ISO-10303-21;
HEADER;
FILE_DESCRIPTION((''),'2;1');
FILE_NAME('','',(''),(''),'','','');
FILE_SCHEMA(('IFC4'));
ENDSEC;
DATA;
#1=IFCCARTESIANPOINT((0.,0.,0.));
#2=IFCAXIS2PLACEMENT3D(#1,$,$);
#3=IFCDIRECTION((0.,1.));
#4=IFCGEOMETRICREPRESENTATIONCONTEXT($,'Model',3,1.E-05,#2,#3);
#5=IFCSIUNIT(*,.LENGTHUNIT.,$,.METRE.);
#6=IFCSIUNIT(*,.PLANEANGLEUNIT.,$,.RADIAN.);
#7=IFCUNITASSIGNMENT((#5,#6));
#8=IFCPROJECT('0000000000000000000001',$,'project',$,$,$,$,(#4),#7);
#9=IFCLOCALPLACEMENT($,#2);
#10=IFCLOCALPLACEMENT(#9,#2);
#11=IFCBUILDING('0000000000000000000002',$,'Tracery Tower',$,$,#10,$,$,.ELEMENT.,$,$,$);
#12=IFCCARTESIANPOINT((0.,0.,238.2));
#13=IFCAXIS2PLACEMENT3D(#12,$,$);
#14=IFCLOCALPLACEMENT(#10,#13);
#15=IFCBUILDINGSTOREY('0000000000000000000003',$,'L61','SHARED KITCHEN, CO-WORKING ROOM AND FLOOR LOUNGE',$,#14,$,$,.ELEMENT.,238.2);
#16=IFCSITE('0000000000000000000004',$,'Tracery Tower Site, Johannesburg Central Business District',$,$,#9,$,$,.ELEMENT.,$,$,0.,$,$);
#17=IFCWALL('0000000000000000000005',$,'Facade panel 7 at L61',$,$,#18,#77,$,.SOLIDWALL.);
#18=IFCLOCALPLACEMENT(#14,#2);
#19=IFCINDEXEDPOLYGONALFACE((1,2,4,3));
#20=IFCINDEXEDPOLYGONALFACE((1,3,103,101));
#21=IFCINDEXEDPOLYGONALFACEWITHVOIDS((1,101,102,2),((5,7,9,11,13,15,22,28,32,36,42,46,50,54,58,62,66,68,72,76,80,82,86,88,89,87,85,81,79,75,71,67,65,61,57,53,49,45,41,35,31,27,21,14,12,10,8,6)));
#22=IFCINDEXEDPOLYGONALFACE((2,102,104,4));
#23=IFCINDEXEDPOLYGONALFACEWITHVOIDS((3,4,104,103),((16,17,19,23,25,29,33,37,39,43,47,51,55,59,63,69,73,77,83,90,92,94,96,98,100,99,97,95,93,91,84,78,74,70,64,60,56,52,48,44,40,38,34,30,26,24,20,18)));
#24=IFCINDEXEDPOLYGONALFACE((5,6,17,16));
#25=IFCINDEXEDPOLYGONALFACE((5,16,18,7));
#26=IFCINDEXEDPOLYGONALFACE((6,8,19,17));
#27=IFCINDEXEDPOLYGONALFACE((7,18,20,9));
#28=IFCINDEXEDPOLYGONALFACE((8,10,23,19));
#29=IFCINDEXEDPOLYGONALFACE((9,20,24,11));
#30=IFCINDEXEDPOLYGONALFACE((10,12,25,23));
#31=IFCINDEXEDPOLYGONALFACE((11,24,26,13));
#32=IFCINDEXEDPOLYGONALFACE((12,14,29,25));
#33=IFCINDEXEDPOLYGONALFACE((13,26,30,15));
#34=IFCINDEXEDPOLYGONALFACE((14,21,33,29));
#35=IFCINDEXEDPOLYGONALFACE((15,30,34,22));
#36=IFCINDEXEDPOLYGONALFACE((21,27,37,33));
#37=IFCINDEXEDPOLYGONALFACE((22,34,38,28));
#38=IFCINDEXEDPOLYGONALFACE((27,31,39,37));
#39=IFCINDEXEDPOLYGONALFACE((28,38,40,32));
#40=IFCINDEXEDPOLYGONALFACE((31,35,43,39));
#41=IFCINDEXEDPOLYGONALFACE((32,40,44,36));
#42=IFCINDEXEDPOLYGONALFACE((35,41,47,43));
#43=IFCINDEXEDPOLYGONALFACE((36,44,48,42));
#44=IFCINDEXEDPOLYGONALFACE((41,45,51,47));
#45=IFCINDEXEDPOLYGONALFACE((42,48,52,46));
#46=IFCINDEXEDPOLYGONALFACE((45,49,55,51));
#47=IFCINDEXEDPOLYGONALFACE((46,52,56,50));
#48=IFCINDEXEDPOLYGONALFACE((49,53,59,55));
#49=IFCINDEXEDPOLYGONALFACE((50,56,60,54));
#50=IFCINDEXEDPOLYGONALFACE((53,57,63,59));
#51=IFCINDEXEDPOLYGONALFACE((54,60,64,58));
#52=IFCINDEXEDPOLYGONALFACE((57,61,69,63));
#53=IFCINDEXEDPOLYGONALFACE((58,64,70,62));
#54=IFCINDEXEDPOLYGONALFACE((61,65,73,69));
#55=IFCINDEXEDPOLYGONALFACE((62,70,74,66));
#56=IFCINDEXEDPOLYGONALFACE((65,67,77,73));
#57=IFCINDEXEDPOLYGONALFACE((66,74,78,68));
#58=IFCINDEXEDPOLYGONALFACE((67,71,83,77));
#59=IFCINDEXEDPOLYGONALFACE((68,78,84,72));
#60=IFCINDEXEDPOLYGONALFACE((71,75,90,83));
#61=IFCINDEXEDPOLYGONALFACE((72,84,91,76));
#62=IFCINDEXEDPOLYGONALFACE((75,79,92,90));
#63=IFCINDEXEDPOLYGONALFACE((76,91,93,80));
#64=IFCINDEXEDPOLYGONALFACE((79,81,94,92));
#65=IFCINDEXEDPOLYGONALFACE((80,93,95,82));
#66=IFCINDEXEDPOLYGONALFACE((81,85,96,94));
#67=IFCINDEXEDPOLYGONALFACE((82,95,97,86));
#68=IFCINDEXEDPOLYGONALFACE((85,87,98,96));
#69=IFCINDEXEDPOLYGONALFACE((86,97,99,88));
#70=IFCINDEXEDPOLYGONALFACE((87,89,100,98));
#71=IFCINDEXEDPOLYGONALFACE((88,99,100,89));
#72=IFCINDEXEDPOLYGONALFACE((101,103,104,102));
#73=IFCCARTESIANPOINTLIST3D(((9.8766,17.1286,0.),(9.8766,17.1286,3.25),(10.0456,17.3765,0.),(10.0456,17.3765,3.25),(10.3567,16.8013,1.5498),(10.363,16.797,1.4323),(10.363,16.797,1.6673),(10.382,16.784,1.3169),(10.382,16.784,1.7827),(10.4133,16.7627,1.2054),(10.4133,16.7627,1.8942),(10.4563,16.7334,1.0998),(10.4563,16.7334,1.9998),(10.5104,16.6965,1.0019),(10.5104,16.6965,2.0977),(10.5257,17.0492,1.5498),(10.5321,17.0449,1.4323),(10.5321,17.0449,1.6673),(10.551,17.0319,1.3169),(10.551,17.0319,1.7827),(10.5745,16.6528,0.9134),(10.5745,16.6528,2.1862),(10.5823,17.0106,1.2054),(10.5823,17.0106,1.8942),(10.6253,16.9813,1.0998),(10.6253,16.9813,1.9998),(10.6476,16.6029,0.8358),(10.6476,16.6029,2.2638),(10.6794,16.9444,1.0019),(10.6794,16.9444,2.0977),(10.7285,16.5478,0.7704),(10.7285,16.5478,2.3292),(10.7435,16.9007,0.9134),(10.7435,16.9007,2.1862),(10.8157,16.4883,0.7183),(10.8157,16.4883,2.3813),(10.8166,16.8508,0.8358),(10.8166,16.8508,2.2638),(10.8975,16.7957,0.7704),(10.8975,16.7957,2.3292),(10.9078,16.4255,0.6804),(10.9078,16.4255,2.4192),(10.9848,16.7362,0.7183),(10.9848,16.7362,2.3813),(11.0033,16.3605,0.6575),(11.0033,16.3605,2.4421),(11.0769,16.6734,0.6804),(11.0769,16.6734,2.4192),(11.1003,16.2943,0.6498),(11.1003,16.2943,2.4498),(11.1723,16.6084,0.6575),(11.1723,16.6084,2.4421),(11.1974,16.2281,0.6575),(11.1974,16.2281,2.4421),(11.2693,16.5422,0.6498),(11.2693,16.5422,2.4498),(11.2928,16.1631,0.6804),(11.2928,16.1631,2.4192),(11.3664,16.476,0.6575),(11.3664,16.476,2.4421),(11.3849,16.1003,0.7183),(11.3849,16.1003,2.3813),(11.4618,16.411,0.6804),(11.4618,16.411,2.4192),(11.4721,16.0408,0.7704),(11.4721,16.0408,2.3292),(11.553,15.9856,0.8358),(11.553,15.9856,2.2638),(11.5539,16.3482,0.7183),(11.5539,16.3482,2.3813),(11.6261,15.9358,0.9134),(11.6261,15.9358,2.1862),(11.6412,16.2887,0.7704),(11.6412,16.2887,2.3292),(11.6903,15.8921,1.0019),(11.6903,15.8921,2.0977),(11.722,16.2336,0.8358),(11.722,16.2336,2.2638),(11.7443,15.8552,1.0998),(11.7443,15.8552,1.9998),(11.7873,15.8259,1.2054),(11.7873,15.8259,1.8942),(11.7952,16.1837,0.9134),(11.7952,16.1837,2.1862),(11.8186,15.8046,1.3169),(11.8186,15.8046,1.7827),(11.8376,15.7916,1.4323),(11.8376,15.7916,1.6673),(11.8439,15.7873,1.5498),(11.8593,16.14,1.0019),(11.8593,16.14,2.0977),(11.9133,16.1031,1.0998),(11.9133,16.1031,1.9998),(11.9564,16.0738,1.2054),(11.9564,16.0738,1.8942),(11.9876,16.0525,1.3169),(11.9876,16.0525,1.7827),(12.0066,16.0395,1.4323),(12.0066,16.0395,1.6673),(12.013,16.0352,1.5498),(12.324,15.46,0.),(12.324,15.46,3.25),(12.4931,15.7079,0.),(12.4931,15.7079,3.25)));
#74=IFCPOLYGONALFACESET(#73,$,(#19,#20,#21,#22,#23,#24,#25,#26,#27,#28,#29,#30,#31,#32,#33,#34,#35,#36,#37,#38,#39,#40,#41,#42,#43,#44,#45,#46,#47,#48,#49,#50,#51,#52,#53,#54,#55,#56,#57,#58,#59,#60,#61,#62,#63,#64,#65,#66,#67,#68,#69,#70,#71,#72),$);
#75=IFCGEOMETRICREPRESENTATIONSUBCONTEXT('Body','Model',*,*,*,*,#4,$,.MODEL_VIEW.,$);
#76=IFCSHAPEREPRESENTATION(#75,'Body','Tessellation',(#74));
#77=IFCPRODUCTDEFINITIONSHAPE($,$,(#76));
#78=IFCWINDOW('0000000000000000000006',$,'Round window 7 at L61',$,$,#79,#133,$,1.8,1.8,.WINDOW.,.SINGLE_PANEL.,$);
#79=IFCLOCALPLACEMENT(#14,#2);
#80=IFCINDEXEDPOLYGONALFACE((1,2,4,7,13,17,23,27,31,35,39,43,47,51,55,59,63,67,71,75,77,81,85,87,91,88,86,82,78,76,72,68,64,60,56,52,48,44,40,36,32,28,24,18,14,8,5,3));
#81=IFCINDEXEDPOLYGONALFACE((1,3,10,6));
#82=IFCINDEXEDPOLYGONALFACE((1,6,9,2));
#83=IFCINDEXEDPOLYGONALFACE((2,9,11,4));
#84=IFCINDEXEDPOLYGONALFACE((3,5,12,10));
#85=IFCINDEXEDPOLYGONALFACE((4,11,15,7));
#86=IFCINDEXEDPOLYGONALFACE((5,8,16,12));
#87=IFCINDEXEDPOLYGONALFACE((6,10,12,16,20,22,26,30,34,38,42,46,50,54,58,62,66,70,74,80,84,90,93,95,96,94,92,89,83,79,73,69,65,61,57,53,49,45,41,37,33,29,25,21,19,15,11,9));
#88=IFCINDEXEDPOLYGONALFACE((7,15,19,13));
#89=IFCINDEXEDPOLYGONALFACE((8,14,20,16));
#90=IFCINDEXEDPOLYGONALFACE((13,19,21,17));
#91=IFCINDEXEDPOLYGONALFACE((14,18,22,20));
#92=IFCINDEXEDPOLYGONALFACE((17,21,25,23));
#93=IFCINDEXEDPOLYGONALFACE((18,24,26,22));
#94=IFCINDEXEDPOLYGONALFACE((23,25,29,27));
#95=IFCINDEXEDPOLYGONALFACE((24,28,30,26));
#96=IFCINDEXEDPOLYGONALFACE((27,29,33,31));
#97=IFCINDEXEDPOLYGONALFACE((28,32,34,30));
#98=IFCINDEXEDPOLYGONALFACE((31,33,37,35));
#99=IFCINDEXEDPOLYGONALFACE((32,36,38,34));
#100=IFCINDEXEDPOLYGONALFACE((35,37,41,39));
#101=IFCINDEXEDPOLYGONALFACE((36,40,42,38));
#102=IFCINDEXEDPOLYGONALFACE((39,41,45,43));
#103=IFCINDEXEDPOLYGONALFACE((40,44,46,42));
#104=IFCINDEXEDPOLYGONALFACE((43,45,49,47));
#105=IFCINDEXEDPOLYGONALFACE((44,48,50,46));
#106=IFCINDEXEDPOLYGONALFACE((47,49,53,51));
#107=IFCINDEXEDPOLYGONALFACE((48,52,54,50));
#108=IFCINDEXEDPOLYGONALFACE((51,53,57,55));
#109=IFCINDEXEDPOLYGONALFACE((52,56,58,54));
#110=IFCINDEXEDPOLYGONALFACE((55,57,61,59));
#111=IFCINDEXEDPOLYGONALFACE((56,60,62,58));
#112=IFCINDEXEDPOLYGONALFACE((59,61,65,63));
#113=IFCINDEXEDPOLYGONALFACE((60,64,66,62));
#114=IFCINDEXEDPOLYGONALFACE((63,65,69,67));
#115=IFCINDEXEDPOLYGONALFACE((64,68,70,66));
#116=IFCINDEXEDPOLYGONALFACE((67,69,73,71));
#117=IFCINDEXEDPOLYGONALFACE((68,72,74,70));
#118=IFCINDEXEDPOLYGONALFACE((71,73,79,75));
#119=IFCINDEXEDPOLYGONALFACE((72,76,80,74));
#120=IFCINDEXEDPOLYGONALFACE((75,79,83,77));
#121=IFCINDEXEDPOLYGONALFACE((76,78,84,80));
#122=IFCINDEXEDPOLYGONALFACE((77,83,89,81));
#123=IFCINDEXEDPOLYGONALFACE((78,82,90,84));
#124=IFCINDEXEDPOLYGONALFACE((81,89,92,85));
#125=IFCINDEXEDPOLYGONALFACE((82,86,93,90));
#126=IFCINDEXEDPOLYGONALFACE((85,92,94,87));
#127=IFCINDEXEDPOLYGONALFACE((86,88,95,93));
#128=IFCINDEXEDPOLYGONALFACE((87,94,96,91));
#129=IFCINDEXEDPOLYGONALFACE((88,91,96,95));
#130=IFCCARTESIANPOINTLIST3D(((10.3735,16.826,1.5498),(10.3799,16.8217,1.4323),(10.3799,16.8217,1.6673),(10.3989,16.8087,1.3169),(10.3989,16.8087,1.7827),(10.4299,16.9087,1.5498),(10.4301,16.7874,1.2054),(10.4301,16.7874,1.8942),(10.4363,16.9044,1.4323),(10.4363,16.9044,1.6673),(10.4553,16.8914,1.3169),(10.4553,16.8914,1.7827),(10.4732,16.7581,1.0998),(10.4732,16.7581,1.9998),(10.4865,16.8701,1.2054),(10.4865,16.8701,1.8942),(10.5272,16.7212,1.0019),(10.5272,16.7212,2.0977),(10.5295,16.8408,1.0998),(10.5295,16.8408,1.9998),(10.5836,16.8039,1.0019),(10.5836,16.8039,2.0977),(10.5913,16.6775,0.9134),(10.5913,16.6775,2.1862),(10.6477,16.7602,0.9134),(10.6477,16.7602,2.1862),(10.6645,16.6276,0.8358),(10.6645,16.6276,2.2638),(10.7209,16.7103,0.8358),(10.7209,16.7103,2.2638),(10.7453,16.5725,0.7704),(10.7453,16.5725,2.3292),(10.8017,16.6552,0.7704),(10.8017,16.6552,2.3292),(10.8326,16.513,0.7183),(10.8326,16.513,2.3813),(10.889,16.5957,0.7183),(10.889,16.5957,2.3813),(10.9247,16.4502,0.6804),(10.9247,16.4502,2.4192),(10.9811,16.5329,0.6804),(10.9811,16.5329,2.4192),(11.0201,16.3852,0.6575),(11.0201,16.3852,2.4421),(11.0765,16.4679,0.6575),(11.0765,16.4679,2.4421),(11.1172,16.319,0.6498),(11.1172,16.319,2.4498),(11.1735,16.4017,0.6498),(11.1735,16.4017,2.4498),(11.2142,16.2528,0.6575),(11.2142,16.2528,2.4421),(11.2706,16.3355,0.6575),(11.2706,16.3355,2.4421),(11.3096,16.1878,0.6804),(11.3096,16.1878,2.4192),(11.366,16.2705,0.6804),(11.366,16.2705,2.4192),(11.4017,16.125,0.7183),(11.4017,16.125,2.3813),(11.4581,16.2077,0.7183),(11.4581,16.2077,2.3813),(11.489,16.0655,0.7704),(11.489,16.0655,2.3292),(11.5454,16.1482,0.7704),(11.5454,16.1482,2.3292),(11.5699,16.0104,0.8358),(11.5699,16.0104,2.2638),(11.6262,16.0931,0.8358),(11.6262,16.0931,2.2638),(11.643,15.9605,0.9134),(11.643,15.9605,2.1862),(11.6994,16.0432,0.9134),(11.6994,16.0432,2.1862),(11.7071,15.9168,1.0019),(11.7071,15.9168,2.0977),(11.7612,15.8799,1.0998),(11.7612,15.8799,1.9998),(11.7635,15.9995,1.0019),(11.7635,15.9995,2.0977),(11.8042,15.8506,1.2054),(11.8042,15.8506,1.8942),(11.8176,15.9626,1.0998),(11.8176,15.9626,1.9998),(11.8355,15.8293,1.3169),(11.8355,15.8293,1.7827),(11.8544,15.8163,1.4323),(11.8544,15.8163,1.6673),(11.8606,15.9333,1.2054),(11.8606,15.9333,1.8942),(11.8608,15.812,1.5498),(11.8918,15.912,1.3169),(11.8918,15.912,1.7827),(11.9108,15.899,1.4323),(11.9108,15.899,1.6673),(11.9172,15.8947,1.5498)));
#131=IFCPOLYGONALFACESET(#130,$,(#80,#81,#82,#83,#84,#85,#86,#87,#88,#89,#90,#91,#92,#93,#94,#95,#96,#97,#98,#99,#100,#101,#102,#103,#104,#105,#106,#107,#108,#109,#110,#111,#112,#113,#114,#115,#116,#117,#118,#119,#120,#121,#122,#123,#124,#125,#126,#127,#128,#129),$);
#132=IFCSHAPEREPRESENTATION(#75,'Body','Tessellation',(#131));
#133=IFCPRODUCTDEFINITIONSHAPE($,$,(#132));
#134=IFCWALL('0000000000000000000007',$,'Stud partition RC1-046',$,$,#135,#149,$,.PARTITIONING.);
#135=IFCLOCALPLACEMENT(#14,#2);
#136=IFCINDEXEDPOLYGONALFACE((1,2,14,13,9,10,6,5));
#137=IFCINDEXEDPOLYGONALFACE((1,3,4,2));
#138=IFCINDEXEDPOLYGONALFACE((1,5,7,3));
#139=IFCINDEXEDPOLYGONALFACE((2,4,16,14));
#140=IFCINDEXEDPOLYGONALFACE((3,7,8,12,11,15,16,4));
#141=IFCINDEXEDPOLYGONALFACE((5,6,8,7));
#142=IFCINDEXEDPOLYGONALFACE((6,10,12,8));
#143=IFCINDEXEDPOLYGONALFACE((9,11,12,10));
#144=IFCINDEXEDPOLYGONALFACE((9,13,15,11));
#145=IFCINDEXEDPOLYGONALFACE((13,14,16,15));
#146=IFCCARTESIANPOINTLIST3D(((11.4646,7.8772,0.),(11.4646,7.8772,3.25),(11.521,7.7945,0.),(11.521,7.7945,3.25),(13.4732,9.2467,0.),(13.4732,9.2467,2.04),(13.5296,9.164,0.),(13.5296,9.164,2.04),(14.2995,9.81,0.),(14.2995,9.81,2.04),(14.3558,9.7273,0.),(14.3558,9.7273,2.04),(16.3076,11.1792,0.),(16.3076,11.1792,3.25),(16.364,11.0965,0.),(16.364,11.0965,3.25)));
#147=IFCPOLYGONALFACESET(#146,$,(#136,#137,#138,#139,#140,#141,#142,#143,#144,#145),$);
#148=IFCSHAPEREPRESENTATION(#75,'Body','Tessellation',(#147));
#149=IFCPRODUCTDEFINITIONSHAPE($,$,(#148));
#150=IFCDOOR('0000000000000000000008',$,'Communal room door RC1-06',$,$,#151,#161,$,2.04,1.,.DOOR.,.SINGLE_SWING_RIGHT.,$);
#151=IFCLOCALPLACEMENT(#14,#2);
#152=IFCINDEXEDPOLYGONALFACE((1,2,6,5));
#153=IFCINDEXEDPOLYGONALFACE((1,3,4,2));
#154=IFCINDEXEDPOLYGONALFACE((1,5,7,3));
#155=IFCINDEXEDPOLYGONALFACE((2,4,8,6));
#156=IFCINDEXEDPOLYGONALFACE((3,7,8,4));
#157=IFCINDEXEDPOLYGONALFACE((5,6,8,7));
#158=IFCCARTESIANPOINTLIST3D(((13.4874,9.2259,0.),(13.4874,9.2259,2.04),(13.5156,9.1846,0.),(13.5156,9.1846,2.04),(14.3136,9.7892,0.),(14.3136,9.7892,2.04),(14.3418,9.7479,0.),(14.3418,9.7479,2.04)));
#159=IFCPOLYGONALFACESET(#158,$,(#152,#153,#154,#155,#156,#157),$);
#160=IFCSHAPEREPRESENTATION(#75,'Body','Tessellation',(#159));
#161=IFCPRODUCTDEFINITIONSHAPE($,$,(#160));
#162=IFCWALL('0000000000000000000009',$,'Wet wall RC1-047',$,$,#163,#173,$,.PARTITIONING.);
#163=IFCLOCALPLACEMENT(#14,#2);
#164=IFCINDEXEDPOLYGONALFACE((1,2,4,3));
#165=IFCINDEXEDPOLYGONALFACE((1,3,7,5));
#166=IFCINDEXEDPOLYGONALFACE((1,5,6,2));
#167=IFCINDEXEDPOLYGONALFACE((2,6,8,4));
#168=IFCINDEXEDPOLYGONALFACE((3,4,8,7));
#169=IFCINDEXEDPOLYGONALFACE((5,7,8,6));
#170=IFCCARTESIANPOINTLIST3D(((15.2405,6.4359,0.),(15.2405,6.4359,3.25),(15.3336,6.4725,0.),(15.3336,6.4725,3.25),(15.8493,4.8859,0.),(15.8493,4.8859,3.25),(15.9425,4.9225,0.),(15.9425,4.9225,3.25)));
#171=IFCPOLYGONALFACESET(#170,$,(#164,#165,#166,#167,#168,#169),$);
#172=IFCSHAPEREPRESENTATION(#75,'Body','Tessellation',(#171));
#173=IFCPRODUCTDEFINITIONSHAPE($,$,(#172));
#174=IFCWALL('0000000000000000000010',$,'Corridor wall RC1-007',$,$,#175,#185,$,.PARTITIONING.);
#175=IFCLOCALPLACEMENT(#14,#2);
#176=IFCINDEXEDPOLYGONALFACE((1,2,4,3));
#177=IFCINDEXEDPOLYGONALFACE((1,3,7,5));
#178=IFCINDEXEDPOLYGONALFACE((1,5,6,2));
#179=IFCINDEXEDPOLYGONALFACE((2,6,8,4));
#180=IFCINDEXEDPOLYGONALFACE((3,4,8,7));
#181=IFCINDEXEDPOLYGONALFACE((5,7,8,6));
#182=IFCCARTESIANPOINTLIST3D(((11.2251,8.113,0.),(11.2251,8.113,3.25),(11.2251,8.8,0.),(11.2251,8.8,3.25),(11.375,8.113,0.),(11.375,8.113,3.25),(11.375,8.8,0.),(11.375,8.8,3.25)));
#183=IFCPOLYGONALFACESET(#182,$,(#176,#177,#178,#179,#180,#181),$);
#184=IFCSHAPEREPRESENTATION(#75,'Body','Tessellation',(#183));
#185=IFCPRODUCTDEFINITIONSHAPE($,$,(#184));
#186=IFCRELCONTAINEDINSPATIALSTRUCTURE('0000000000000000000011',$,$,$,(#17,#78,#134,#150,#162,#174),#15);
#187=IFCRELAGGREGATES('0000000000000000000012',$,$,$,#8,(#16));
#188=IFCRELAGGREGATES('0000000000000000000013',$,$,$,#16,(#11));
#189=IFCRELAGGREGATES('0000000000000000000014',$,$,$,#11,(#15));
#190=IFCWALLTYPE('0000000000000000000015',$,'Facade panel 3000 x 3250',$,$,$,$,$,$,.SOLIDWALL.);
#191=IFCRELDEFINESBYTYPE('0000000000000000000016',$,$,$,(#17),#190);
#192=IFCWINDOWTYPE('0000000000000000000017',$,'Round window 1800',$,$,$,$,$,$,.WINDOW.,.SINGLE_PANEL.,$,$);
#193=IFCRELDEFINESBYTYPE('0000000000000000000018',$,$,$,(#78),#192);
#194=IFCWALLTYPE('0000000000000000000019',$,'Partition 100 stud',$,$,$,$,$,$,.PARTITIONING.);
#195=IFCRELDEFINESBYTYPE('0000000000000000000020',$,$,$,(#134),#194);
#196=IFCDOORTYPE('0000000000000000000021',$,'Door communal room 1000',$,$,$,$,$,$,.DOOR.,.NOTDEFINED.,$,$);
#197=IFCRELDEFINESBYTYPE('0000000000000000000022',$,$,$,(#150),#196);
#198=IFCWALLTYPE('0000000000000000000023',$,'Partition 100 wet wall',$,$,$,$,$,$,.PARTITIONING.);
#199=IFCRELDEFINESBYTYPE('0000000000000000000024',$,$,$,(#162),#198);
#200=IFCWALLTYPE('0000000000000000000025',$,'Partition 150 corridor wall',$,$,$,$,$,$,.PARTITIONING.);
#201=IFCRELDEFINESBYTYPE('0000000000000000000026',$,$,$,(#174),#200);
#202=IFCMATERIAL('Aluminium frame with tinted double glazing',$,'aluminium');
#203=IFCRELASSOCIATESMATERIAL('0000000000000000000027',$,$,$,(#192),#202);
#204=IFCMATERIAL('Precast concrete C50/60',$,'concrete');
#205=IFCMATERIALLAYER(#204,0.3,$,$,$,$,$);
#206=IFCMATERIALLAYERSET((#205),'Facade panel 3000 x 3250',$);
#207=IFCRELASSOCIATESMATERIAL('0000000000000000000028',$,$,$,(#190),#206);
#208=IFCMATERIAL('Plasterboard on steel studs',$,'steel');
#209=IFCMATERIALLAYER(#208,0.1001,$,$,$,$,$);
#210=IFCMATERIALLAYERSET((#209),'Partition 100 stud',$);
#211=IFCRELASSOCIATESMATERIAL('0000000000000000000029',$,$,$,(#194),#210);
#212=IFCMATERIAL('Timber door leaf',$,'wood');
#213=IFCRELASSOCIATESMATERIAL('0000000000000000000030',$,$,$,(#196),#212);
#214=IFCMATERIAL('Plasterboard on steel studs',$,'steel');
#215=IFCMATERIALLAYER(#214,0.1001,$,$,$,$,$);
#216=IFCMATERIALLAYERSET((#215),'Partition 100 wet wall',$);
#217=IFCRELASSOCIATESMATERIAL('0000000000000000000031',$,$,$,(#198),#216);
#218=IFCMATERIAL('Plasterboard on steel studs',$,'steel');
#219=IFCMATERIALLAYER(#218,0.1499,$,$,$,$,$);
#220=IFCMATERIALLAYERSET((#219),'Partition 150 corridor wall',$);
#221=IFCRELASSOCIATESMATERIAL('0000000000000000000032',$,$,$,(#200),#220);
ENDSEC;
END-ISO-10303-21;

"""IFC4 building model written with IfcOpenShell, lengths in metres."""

from ifc_helpers import new_model, si_unit, direction, frame, frame_2d, origin, origin_2d, place, context, subcontext, project, spatial, rectangle, circle, extrude, material, layer, layer_set, type_object, element, fill, save


model = new_model("IFC4")

# Units and contexts
model_context = context("Model", 3, precision=1e-05, world=origin(), true_north=direction((0.0, 1.0)))
body_context = subcontext(model_context, "Body", "Model", "MODEL_VIEW")
ifc_project = project(units=[si_unit("LENGTHUNIT", "METRE"), si_unit("PLANEANGLEUNIT", "RADIAN")], contexts=[model_context])

# Site, building, storey
site_placement = place(None, origin())
site = spatial("IfcSite", under=ifc_project, at=site_placement, Name="Tracery Tower Site, Johannesburg Central Business District", CompositionType="ELEMENT", RefElevation=0.0)
building_placement = place(site_placement, origin())
building = spatial("IfcBuilding", under=site, at=building_placement, Name="Tracery Tower", CompositionType="ELEMENT")
storey_placement = place(building_placement, frame((0.0, 0.0, 238.2)))
storey = spatial("IfcBuildingStorey", under=building, at=storey_placement, Name="L61", Description="SHARED KITCHEN, CO-WORKING ROOM AND FLOOR LOUNGE", CompositionType="ELEMENT", Elevation=238.2)

# Wall, opening, window
ifc_material_1 = material(Name="Aluminium frame with tinted double glazing", Category="aluminium")
window_type = type_object("IfcWindowType", Name="Round window 1800", PartitioningType="SINGLE_PANEL", PredefinedType="WINDOW", material=ifc_material_1)
ifc_material_2 = material(Name="Precast concrete C50/60", Category="concrete")
ifc_layer_1 = layer(ifc_material_2, 0.3)
ifc_layer_set_1 = layer_set([ifc_layer_1], Name="Facade panel 3000 x 3250")
wall_type_1 = type_object("IfcWallType", Name="Facade panel 3000 x 3250", PredefinedType="SOLIDWALL", material=ifc_layer_set_1)
wall_1_placement = place(storey_placement, frame((12.4084, 15.584, 0.0), z_axis=(0.0, 0.0, 1.0), x_axis=(-0.826236, 0.563324, 0.0)))
wall_1 = element("IfcWall", 1, at=wall_1_placement, inside=storey, type_object=wall_type_1, Name="Facade panel 7 at L61", PredefinedType="SOLIDWALL", context=body_context, shape_type="SweptSolid", body=[
    extrude(rectangle(XDim=2.9622, YDim=0.3, at=frame_2d((1.481, 0.0))), origin(), (0.0, 0.0, 1.0), 3.25),
])
opening_1_placement = place(wall_1_placement, frame((1.481, 0.0, 1.5498)))
opening_1 = element("IfcOpeningElement", 2, at=opening_1_placement, cuts=wall_1, PredefinedType="OPENING", context=body_context, shape_type="SweptSolid", body=[
    extrude(circle(Radius=0.9, at=origin_2d()), frame((0.0, 0.1599, 0.0), z_axis=(0.0, -1.0, 0.0), x_axis=(1.0, 0.0, 0.0)), (0.0, 0.0, 1.0), 0.3201),
])
window_1_placement = place(opening_1_placement, origin())
window_1 = element("IfcWindow", 3, at=window_1_placement, inside=storey, type_object=window_type, Name="Round window 7 at L61", OverallHeight=1.8, OverallWidth=1.8, PartitioningType="SINGLE_PANEL", PredefinedType="WINDOW", context=body_context, shape_type="SweptSolid", body=[
    extrude(circle(Radius=0.9, at=origin_2d()), frame((0.0, 0.1201, 0.0), z_axis=(0.0, -1.0, 0.0), x_axis=(1.0, 0.0, 0.0)), (0.0, 0.0, 1.0), 0.1001),
])
fill(opening_1, window_1)

# Wall, opening, door
ifc_material_3 = material(Name="Plasterboard on steel studs", Category="steel")
ifc_layer_2 = layer(ifc_material_3, 0.1001)
ifc_layer_set_2 = layer_set([ifc_layer_2], Name="Partition 100 stud")
wall_type_2 = type_object("IfcWallType", Name="Partition 100 stud", PredefinedType="PARTITIONING", material=ifc_layer_set_2)
wall_2_placement = place(storey_placement, frame((11.4929, 7.8359, 0.0), z_axis=(0.0, 0.0, 1.0), x_axis=(0.826232, 0.56333, 0.0)))
wall_2 = element("IfcWall", 4, at=wall_2_placement, inside=storey, type_object=wall_type_2, Name="Stud partition RC1-046", PredefinedType="PARTITIONING", context=body_context, shape_type="SweptSolid", body=[
    extrude(rectangle(XDim=5.8616, YDim=0.1001, at=frame_2d((2.9307, 0.0))), origin(), (0.0, 0.0, 1.0), 3.25),
])
opening_2_placement = place(wall_2_placement, frame((2.4309, 0.0, 0.0)))
opening_2 = element("IfcOpeningElement", 5, at=opening_2_placement, cuts=wall_2, PredefinedType="OPENING", context=body_context, shape_type="SweptSolid", body=[
    extrude(rectangle(XDim=1.0, YDim=2.04, at=frame_2d((0.5, 1.02))), frame((0.0, 0.05, 0.0), z_axis=(0.0, -1.0, 0.0), x_axis=(1.0, 0.0, 0.0)), (0.0, 0.0, 1.0), 0.1001),
])
ifc_material_4 = material(Name="Timber door leaf", Category="wood")
door_type_1 = type_object("IfcDoorType", Name="Door communal room 1000", OperationType="NOTDEFINED", PredefinedType="DOOR", material=ifc_material_4)
door_1_placement = place(opening_2_placement, origin())
door_1 = element("IfcDoor", 6, at=door_1_placement, inside=storey, type_object=door_type_1, Name="Communal room door RC1-06", OperationType="SINGLE_SWING_RIGHT", OverallHeight=2.04, OverallWidth=1.0, PredefinedType="DOOR", context=body_context, shape_type="SweptSolid", body=[
    extrude(rectangle(XDim=1.0, YDim=2.04, at=frame_2d((0.5, 1.02))), frame((0.0, 0.0249, 0.0), z_axis=(0.0, -1.0, 0.0), x_axis=(1.0, 0.0, 0.0)), (0.0, 0.0, 1.0), 0.05),
])
fill(opening_2, door_1)

# Walls
ifc_material_5 = material(Name="Plasterboard on steel studs", Category="steel")
ifc_layer_3 = layer(ifc_material_5, 0.1001)
ifc_layer_set_3 = layer_set([ifc_layer_3], Name="Partition 100 wet wall")
wall_type_3 = type_object("IfcWallType", Name="Partition 100 wet wall", PredefinedType="PARTITIONING", material=ifc_layer_set_3)
wall_3_placement = place(storey_placement, frame((15.2871, 6.4541, 0.0), z_axis=(0.0, 0.0, 1.0), x_axis=(0.365621, -0.930764, 0.0)))
element("IfcWall", 7, at=wall_3_placement, inside=storey, type_object=wall_type_3, Name="Wet wall RC1-047", PredefinedType="PARTITIONING", context=body_context, shape_type="SweptSolid", body=[
    extrude(rectangle(XDim=1.6653, YDim=0.1001, at=frame_2d((0.8325, 0.0))), origin(), (0.0, 0.0, 1.0), 3.25),
])
ifc_material_6 = material(Name="Plasterboard on steel studs", Category="steel")
ifc_layer_4 = layer(ifc_material_6, 0.1499)
ifc_layer_set_4 = layer_set([ifc_layer_4], Name="Partition 150 corridor wall")
wall_type_4 = type_object("IfcWallType", Name="Partition 150 corridor wall", PredefinedType="PARTITIONING", material=ifc_layer_set_4)
wall_4_placement = place(storey_placement, frame((11.3, 8.113, 0.0), z_axis=(0.0, 0.0, 1.0), x_axis=(0.0, 1.0, 0.0)))
element("IfcWall", 8, at=wall_4_placement, inside=storey, type_object=wall_type_4, Name="Corridor wall RC1-007", PredefinedType="PARTITIONING", context=body_context, shape_type="SweptSolid", body=[
    extrude(rectangle(XDim=0.687, YDim=0.1499, at=frame_2d((0.3435, 0.0))), origin(), (0.0, 0.0, 1.0), 3.25),
])

save(model, "model.ifc")
